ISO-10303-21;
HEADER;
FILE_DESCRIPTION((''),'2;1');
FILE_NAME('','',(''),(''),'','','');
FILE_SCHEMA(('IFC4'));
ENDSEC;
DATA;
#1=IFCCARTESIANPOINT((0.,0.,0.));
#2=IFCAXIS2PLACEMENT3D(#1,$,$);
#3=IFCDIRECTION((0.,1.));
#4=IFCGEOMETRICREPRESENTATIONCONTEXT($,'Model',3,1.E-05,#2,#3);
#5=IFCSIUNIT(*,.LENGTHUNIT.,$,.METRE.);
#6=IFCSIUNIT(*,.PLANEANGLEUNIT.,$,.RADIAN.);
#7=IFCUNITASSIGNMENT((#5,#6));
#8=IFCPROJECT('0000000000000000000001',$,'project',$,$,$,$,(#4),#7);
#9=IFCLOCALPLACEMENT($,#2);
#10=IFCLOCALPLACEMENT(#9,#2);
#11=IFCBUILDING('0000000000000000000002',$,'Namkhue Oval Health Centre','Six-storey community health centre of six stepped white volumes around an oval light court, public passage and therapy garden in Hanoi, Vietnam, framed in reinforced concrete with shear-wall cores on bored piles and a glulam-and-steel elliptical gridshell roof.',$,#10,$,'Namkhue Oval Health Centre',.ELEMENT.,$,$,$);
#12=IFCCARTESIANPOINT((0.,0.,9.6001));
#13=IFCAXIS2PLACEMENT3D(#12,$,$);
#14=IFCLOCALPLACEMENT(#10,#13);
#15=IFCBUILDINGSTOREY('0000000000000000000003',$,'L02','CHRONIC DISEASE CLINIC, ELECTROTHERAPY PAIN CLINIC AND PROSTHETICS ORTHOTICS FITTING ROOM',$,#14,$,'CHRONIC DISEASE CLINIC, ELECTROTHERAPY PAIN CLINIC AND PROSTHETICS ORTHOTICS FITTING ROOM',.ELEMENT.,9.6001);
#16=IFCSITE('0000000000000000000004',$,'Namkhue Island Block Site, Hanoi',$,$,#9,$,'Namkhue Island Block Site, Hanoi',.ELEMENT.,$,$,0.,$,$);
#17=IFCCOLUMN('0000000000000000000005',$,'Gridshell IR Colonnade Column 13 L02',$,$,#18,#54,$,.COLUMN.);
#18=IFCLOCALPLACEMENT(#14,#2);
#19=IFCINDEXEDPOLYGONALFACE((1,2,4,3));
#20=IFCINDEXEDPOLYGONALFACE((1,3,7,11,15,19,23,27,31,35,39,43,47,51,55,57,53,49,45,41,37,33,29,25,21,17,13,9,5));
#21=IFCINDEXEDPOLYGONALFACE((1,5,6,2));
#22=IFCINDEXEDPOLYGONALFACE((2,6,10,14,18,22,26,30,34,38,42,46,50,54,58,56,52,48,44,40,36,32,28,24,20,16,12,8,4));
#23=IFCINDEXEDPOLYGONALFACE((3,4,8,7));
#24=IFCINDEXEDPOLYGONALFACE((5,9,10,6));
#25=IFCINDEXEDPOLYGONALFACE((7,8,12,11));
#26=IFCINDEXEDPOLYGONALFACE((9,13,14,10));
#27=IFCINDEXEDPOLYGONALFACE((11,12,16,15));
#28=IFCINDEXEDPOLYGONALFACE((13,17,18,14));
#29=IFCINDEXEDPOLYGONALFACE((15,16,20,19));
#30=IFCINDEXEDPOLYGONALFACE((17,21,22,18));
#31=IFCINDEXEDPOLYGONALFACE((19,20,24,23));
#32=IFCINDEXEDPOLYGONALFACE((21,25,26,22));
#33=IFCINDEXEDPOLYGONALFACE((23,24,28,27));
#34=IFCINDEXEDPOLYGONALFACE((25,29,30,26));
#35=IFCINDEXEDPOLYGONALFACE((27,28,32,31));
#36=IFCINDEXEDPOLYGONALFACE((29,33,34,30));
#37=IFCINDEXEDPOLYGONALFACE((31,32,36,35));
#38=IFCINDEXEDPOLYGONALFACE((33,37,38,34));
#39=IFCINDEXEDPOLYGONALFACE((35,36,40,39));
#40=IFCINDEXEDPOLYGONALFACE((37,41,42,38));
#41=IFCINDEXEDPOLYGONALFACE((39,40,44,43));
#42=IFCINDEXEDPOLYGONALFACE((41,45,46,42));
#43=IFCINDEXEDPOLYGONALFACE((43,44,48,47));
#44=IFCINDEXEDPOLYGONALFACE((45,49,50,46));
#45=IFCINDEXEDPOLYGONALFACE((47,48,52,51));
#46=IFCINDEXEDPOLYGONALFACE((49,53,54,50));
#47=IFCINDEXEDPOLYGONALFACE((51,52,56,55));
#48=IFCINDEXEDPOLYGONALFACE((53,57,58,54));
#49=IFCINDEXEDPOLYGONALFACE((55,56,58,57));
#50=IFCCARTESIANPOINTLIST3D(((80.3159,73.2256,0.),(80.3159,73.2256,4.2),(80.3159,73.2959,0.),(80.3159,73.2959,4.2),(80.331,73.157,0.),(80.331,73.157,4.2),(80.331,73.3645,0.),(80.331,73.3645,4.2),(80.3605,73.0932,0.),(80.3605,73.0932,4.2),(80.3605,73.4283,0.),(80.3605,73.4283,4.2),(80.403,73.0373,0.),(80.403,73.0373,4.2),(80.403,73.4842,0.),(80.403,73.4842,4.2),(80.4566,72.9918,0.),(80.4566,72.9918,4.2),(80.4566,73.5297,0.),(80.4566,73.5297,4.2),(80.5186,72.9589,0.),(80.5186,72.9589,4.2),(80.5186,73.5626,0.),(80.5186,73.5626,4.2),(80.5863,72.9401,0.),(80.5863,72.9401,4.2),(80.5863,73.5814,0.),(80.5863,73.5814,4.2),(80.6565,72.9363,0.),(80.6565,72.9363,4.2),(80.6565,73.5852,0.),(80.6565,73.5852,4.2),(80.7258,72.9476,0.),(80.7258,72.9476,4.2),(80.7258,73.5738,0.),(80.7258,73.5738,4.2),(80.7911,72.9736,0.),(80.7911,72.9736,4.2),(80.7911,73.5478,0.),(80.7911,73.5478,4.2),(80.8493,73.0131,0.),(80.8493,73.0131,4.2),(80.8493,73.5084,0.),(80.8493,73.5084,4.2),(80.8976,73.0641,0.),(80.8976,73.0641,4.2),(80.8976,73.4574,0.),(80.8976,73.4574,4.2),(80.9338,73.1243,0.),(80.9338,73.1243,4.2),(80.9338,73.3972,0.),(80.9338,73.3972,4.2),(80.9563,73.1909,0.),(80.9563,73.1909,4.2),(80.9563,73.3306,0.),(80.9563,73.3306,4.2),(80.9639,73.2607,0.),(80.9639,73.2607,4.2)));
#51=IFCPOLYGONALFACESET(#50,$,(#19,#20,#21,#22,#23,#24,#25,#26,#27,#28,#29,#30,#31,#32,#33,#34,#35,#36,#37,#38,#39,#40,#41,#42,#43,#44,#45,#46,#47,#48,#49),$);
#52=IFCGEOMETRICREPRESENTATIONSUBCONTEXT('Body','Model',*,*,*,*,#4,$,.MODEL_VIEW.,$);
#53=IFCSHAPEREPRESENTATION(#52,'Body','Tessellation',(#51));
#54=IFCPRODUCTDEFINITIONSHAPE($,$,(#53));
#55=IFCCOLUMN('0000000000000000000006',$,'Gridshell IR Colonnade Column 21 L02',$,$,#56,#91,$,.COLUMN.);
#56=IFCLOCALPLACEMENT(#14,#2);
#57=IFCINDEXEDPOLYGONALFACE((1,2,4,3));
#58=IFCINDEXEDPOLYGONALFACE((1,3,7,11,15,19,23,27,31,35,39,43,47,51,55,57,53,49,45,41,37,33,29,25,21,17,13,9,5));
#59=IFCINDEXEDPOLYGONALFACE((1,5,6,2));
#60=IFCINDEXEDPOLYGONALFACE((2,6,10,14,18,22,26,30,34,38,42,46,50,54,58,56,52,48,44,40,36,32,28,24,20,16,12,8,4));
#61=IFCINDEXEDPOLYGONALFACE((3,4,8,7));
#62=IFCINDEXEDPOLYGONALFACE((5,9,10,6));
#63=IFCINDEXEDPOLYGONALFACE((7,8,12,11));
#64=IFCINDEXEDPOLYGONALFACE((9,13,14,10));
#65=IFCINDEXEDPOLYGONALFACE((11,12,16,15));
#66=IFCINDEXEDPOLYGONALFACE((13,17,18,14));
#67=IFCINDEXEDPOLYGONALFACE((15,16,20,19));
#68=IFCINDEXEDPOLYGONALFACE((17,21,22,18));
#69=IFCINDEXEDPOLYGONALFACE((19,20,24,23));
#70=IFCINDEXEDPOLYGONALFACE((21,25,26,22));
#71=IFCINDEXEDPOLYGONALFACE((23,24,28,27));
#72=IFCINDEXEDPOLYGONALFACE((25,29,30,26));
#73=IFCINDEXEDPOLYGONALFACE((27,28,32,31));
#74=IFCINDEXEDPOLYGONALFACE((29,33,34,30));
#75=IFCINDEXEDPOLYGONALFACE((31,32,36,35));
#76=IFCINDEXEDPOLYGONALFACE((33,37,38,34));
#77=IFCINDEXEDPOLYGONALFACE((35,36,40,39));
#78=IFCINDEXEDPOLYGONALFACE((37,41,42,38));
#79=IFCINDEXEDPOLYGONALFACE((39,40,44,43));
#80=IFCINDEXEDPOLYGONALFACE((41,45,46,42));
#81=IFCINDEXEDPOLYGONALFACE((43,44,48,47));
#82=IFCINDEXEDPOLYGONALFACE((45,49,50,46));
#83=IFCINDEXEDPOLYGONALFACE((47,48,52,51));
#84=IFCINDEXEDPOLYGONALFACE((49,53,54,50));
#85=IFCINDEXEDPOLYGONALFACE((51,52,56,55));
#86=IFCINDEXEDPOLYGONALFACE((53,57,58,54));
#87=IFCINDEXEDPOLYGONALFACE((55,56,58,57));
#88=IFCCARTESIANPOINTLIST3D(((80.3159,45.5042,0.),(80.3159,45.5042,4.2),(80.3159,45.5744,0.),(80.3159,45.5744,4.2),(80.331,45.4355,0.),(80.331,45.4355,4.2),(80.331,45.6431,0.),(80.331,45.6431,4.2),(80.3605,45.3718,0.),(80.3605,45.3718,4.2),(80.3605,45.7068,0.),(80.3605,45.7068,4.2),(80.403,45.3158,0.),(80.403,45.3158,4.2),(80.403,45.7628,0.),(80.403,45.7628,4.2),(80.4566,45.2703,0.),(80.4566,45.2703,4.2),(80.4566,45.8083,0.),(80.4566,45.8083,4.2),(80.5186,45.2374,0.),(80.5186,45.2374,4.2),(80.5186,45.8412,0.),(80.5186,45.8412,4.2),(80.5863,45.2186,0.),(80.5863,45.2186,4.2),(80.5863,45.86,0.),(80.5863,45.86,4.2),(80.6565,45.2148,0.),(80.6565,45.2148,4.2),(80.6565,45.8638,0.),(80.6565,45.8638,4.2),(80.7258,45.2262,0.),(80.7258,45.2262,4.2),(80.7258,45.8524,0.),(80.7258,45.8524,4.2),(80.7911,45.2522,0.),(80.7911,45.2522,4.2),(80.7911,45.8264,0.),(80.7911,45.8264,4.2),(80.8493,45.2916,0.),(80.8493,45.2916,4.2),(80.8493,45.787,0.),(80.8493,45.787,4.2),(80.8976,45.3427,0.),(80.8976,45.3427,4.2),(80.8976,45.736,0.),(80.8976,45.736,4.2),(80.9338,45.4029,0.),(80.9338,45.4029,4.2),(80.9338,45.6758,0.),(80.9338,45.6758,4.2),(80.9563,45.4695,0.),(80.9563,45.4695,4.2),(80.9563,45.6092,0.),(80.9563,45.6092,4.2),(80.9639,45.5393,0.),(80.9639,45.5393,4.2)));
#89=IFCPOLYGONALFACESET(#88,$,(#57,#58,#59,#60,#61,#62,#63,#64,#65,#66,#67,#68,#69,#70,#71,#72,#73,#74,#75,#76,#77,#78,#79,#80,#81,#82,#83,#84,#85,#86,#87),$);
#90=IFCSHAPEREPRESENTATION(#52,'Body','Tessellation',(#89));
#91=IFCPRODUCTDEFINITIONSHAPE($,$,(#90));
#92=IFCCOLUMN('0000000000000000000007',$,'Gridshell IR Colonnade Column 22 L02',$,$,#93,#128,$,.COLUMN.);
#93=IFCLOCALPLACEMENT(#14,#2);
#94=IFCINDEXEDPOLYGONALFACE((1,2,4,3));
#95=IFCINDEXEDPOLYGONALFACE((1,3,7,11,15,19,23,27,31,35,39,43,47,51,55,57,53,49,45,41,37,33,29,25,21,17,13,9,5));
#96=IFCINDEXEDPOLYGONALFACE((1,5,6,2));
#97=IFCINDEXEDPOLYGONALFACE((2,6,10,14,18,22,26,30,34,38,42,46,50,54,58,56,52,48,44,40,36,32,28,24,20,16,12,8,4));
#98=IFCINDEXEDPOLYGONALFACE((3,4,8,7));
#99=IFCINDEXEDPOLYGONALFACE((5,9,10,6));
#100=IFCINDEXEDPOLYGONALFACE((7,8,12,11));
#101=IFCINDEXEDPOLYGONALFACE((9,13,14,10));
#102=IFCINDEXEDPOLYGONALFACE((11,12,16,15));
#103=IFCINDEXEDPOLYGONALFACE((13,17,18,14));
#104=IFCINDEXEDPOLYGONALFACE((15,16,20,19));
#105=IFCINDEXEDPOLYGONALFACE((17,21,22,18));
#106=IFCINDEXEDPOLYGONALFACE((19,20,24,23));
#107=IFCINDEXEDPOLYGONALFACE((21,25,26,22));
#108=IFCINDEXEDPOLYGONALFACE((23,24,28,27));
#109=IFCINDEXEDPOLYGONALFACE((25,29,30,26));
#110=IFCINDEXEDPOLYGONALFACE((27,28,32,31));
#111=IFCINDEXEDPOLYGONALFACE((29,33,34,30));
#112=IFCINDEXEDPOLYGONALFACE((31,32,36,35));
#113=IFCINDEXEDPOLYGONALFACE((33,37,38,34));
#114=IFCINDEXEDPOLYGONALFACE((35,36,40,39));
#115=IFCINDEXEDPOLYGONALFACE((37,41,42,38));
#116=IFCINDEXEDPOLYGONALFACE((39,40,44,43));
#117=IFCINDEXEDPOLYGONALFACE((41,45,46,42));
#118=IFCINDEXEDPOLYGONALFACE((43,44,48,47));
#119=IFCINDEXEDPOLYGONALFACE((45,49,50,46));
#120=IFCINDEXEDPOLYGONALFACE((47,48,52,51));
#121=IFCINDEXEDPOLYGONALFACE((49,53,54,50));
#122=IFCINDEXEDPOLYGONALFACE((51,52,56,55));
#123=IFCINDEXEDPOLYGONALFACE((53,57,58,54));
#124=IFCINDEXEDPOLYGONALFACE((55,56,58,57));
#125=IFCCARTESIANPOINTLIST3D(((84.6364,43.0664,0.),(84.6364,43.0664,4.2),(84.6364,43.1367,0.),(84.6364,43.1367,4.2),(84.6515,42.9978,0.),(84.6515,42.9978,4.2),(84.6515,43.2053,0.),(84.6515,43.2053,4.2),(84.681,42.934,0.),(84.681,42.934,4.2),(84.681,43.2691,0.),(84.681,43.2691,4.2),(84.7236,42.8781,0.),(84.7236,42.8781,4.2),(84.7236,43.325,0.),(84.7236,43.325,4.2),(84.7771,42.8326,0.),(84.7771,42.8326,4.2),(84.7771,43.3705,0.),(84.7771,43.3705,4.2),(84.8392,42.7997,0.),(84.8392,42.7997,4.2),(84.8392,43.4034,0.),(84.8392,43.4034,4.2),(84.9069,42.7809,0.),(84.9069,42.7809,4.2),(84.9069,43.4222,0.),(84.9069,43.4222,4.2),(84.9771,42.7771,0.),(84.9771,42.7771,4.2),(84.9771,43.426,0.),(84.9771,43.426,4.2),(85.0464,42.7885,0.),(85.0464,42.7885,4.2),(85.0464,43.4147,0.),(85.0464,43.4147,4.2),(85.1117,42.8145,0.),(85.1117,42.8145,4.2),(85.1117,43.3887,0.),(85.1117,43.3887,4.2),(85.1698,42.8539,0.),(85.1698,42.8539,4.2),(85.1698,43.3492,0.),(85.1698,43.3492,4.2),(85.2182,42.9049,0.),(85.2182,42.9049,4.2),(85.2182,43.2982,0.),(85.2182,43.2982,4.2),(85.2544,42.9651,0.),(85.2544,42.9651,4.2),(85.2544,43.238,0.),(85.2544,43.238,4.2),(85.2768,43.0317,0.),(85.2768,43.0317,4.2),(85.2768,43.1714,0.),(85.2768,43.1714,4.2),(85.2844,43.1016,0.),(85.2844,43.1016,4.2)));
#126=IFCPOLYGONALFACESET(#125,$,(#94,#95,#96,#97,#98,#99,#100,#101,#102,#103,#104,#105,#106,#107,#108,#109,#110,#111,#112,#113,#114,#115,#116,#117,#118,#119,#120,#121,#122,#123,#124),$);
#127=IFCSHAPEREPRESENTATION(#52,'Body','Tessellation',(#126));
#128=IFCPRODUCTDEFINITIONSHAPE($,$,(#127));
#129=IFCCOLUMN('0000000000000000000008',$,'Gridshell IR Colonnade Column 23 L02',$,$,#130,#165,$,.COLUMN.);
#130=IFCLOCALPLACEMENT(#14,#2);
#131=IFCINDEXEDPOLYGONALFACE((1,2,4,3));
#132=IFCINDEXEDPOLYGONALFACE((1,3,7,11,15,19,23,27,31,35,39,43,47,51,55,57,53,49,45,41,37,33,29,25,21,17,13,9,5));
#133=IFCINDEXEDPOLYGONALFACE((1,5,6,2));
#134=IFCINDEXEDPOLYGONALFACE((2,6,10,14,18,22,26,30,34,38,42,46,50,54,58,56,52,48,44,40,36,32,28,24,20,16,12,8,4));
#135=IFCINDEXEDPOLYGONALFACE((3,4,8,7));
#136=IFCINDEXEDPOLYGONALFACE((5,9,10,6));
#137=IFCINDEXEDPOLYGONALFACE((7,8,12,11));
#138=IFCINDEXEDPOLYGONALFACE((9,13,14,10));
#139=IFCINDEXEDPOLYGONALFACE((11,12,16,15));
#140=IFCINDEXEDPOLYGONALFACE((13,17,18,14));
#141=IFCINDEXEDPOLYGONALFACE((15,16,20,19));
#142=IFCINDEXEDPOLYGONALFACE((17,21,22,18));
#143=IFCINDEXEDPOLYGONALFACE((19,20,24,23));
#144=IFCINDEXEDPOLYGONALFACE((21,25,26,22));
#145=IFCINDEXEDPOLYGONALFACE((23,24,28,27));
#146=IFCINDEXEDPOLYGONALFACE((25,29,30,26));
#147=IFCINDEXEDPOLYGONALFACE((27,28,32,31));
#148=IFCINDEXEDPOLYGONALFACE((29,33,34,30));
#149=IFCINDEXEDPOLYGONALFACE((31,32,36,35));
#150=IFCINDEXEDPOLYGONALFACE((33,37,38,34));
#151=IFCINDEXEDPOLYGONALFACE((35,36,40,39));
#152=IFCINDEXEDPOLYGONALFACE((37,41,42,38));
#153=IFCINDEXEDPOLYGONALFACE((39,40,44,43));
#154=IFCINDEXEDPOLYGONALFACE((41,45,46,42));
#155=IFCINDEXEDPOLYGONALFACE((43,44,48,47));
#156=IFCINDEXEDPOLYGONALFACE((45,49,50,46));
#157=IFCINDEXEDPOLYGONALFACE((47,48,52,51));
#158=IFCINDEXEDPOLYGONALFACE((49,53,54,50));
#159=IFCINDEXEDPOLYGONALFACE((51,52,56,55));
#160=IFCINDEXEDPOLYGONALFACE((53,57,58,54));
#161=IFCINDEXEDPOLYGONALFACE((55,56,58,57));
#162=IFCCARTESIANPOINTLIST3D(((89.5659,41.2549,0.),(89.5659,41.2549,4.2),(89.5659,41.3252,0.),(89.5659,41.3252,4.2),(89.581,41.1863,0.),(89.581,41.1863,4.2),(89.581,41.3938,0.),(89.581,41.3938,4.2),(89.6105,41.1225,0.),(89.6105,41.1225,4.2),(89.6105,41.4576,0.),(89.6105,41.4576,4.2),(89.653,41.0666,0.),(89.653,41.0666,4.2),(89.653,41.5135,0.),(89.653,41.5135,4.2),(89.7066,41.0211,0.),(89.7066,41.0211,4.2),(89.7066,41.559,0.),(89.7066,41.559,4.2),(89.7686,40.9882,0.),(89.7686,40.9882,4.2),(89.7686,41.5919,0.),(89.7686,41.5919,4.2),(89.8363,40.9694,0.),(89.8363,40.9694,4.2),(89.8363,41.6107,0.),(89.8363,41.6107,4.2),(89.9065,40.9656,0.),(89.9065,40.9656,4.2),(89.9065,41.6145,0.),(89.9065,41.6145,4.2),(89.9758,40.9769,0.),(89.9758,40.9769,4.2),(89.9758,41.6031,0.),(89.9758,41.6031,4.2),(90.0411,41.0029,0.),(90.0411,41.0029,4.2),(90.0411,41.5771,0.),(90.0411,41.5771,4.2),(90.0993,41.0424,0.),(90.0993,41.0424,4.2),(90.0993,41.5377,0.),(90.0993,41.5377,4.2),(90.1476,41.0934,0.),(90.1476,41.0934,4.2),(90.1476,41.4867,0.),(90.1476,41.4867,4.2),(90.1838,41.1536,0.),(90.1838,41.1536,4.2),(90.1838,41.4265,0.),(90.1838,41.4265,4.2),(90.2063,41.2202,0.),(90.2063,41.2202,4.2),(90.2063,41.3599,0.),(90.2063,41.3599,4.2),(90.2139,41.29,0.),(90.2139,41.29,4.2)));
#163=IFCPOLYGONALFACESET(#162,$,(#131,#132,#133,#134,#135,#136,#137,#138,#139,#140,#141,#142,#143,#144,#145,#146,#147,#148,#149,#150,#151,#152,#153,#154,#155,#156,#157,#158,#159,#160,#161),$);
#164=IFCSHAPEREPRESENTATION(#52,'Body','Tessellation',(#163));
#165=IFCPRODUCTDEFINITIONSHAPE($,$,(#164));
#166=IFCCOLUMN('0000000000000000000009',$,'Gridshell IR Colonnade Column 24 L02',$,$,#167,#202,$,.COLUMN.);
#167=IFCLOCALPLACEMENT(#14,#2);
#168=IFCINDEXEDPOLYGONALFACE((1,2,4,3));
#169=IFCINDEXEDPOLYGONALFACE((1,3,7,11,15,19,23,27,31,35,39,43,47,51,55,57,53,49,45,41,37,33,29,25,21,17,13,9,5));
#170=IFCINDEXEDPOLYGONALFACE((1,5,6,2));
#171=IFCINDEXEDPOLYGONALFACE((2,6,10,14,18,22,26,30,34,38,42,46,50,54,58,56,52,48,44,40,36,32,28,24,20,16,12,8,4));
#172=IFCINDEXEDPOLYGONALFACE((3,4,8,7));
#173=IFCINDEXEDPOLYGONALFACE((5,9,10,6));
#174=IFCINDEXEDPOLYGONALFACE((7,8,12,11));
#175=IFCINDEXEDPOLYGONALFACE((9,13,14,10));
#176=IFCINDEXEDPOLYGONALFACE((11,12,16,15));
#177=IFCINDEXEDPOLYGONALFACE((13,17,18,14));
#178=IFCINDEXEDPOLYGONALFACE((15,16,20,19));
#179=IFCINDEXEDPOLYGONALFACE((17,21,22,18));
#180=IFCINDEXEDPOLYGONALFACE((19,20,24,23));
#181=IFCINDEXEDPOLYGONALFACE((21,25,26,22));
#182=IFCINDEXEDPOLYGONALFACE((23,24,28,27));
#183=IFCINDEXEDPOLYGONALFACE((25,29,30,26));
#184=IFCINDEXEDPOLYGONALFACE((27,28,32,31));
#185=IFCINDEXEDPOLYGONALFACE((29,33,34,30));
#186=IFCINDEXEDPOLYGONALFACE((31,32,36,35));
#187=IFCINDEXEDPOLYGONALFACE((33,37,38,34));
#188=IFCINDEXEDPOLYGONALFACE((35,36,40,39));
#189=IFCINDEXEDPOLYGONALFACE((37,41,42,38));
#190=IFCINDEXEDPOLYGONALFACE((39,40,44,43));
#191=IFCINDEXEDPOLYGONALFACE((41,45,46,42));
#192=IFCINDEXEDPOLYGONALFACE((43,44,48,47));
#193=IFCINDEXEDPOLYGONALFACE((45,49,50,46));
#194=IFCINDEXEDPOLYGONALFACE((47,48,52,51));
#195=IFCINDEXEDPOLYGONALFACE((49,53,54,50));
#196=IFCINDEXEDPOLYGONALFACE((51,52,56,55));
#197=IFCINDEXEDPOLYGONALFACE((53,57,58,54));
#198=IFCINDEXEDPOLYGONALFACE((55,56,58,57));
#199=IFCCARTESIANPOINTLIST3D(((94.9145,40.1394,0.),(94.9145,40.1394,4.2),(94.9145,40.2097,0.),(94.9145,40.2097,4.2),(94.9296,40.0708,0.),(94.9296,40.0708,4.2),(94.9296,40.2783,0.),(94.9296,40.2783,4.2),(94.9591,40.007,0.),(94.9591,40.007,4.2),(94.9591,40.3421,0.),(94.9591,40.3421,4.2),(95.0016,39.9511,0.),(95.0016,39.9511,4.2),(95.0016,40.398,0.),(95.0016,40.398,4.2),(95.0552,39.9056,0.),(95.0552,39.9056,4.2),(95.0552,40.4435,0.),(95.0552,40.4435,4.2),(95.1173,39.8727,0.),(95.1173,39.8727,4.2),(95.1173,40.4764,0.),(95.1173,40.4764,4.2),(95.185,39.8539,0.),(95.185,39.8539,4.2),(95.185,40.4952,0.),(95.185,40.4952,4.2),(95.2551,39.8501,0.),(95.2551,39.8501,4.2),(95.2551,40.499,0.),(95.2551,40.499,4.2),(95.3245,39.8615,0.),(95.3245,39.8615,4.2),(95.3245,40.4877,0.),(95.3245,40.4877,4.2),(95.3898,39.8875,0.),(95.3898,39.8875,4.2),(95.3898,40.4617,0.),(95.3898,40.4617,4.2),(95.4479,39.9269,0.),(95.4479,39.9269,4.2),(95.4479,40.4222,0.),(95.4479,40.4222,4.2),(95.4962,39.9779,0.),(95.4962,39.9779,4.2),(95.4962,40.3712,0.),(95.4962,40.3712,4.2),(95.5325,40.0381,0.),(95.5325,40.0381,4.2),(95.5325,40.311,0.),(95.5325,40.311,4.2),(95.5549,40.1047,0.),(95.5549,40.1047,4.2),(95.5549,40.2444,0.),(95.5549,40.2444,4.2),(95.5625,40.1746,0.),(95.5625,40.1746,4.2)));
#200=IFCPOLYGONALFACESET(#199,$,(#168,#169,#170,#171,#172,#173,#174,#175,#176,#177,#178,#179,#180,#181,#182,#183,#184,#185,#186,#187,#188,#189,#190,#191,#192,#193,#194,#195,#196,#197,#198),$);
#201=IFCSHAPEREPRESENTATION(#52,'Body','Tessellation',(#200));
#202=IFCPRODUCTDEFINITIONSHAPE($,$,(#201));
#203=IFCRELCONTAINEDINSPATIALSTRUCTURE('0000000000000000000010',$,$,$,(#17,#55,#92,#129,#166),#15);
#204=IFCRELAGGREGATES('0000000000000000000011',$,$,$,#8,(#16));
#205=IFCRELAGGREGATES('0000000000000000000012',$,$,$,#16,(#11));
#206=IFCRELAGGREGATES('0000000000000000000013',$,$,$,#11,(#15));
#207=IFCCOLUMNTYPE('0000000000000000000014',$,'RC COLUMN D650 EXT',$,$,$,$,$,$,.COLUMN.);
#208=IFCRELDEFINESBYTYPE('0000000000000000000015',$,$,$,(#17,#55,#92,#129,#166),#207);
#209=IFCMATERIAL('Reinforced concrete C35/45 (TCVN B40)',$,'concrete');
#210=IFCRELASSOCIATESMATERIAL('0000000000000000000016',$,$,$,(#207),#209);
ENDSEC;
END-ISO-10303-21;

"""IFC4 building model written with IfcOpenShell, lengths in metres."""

from ifc_helpers import new_model, si_unit, direction, frame, origin, origin_2d, place, context, subcontext, project, spatial, circle, extrude, material, material_profile, profile_set, type_object, element, save


model = new_model("IFC4")

# Units and contexts
model_context = context("Model", 3, precision=1e-05, world=origin(), true_north=direction((0.0, 1.0)))
body_context = subcontext(model_context, "Body", "Model", "MODEL_VIEW")
ifc_project = project(units=[si_unit("LENGTHUNIT", "METRE"), si_unit("PLANEANGLEUNIT", "RADIAN")], contexts=[model_context])

# Site, building, storey
site_placement = place(None, origin())
site = spatial("IfcSite", under=ifc_project, at=site_placement, Name="Namkhue Island Block Site, Hanoi", LongName="Namkhue Island Block Site, Hanoi", CompositionType="ELEMENT", RefElevation=0.0)
building_placement = place(site_placement, origin())
building = spatial("IfcBuilding", under=site, at=building_placement, Name="Namkhue Oval Health Centre", Description="Six-storey community health centre of six stepped white volumes around an oval light court, public passage and therapy garden in Hanoi, Vietnam, framed in reinforced concrete with shear-wall cores on bored piles and a glulam-and-steel elliptical gridshell roof.", LongName="Namkhue Oval Health Centre", CompositionType="ELEMENT")
storey_placement = place(building_placement, frame((0.0, 0.0, 9.6001)))
storey = spatial("IfcBuildingStorey", under=building, at=storey_placement, Name="L02", Description="CHRONIC DISEASE CLINIC, ELECTROTHERAPY PAIN CLINIC AND PROSTHETICS ORTHOTICS FITTING ROOM", LongName="CHRONIC DISEASE CLINIC, ELECTROTHERAPY PAIN CLINIC AND PROSTHETICS ORTHOTICS FITTING ROOM", CompositionType="ELEMENT", Elevation=9.6001)

# Columns
ifc_material_1 = material(Name="Reinforced concrete C35/45 (TCVN B40)", Category="concrete")
ifc_material_profile = material_profile(ifc_material_1, circle(Radius=0.325, at=origin_2d()), Name="RC D650")
ifc_profile_set = profile_set([ifc_material_profile], Name="Reinforced concrete C35/45 (TCVN B40)")
column_type = type_object("IfcColumnType", Name="RC COLUMN D650 EXT", PredefinedType="COLUMN", material=ifc_profile_set)
for number, where, z_axis, x_axis, name in (
    (1, (80.6389, 73.2607, 0.0), (0.0, 0.0, 1.0), (1.0, 0.0, 0.0), "Gridshell IR Colonnade Column 13 L02"),
    (2, (80.6389, 45.5393, 0.0), (0.0, 0.0, 1.0), (1.0, 0.0, 0.0), "Gridshell IR Colonnade Column 21 L02"),
    (3, (84.9595, 43.1016, 0.0), (0.0, 0.0, 1.0), (1.0, 0.0, 0.0), "Gridshell IR Colonnade Column 22 L02"),
    (4, (89.8889, 41.29, 0.0), (0.0, 0.0, 1.0), (1.0, 0.0, 0.0), "Gridshell IR Colonnade Column 23 L02"),
    (5, (95.2375, 40.1746, 0.0), (0.0, 0.0, 1.0), (1.0, 0.0, 0.0), "Gridshell IR Colonnade Column 24 L02"),
):
    element("IfcColumn", number, at=place(storey_placement, frame(where, z_axis=z_axis, x_axis=x_axis)), inside=storey, type_object=column_type, Name=name, PredefinedType="COLUMN", context=body_context, shape_type="SweptSolid", body=[
        extrude(circle(Radius=0.325, at=origin_2d()), origin(), (0.0, 0.0, 1.0), 4.2),
    ])

save(model, "model.ifc")
